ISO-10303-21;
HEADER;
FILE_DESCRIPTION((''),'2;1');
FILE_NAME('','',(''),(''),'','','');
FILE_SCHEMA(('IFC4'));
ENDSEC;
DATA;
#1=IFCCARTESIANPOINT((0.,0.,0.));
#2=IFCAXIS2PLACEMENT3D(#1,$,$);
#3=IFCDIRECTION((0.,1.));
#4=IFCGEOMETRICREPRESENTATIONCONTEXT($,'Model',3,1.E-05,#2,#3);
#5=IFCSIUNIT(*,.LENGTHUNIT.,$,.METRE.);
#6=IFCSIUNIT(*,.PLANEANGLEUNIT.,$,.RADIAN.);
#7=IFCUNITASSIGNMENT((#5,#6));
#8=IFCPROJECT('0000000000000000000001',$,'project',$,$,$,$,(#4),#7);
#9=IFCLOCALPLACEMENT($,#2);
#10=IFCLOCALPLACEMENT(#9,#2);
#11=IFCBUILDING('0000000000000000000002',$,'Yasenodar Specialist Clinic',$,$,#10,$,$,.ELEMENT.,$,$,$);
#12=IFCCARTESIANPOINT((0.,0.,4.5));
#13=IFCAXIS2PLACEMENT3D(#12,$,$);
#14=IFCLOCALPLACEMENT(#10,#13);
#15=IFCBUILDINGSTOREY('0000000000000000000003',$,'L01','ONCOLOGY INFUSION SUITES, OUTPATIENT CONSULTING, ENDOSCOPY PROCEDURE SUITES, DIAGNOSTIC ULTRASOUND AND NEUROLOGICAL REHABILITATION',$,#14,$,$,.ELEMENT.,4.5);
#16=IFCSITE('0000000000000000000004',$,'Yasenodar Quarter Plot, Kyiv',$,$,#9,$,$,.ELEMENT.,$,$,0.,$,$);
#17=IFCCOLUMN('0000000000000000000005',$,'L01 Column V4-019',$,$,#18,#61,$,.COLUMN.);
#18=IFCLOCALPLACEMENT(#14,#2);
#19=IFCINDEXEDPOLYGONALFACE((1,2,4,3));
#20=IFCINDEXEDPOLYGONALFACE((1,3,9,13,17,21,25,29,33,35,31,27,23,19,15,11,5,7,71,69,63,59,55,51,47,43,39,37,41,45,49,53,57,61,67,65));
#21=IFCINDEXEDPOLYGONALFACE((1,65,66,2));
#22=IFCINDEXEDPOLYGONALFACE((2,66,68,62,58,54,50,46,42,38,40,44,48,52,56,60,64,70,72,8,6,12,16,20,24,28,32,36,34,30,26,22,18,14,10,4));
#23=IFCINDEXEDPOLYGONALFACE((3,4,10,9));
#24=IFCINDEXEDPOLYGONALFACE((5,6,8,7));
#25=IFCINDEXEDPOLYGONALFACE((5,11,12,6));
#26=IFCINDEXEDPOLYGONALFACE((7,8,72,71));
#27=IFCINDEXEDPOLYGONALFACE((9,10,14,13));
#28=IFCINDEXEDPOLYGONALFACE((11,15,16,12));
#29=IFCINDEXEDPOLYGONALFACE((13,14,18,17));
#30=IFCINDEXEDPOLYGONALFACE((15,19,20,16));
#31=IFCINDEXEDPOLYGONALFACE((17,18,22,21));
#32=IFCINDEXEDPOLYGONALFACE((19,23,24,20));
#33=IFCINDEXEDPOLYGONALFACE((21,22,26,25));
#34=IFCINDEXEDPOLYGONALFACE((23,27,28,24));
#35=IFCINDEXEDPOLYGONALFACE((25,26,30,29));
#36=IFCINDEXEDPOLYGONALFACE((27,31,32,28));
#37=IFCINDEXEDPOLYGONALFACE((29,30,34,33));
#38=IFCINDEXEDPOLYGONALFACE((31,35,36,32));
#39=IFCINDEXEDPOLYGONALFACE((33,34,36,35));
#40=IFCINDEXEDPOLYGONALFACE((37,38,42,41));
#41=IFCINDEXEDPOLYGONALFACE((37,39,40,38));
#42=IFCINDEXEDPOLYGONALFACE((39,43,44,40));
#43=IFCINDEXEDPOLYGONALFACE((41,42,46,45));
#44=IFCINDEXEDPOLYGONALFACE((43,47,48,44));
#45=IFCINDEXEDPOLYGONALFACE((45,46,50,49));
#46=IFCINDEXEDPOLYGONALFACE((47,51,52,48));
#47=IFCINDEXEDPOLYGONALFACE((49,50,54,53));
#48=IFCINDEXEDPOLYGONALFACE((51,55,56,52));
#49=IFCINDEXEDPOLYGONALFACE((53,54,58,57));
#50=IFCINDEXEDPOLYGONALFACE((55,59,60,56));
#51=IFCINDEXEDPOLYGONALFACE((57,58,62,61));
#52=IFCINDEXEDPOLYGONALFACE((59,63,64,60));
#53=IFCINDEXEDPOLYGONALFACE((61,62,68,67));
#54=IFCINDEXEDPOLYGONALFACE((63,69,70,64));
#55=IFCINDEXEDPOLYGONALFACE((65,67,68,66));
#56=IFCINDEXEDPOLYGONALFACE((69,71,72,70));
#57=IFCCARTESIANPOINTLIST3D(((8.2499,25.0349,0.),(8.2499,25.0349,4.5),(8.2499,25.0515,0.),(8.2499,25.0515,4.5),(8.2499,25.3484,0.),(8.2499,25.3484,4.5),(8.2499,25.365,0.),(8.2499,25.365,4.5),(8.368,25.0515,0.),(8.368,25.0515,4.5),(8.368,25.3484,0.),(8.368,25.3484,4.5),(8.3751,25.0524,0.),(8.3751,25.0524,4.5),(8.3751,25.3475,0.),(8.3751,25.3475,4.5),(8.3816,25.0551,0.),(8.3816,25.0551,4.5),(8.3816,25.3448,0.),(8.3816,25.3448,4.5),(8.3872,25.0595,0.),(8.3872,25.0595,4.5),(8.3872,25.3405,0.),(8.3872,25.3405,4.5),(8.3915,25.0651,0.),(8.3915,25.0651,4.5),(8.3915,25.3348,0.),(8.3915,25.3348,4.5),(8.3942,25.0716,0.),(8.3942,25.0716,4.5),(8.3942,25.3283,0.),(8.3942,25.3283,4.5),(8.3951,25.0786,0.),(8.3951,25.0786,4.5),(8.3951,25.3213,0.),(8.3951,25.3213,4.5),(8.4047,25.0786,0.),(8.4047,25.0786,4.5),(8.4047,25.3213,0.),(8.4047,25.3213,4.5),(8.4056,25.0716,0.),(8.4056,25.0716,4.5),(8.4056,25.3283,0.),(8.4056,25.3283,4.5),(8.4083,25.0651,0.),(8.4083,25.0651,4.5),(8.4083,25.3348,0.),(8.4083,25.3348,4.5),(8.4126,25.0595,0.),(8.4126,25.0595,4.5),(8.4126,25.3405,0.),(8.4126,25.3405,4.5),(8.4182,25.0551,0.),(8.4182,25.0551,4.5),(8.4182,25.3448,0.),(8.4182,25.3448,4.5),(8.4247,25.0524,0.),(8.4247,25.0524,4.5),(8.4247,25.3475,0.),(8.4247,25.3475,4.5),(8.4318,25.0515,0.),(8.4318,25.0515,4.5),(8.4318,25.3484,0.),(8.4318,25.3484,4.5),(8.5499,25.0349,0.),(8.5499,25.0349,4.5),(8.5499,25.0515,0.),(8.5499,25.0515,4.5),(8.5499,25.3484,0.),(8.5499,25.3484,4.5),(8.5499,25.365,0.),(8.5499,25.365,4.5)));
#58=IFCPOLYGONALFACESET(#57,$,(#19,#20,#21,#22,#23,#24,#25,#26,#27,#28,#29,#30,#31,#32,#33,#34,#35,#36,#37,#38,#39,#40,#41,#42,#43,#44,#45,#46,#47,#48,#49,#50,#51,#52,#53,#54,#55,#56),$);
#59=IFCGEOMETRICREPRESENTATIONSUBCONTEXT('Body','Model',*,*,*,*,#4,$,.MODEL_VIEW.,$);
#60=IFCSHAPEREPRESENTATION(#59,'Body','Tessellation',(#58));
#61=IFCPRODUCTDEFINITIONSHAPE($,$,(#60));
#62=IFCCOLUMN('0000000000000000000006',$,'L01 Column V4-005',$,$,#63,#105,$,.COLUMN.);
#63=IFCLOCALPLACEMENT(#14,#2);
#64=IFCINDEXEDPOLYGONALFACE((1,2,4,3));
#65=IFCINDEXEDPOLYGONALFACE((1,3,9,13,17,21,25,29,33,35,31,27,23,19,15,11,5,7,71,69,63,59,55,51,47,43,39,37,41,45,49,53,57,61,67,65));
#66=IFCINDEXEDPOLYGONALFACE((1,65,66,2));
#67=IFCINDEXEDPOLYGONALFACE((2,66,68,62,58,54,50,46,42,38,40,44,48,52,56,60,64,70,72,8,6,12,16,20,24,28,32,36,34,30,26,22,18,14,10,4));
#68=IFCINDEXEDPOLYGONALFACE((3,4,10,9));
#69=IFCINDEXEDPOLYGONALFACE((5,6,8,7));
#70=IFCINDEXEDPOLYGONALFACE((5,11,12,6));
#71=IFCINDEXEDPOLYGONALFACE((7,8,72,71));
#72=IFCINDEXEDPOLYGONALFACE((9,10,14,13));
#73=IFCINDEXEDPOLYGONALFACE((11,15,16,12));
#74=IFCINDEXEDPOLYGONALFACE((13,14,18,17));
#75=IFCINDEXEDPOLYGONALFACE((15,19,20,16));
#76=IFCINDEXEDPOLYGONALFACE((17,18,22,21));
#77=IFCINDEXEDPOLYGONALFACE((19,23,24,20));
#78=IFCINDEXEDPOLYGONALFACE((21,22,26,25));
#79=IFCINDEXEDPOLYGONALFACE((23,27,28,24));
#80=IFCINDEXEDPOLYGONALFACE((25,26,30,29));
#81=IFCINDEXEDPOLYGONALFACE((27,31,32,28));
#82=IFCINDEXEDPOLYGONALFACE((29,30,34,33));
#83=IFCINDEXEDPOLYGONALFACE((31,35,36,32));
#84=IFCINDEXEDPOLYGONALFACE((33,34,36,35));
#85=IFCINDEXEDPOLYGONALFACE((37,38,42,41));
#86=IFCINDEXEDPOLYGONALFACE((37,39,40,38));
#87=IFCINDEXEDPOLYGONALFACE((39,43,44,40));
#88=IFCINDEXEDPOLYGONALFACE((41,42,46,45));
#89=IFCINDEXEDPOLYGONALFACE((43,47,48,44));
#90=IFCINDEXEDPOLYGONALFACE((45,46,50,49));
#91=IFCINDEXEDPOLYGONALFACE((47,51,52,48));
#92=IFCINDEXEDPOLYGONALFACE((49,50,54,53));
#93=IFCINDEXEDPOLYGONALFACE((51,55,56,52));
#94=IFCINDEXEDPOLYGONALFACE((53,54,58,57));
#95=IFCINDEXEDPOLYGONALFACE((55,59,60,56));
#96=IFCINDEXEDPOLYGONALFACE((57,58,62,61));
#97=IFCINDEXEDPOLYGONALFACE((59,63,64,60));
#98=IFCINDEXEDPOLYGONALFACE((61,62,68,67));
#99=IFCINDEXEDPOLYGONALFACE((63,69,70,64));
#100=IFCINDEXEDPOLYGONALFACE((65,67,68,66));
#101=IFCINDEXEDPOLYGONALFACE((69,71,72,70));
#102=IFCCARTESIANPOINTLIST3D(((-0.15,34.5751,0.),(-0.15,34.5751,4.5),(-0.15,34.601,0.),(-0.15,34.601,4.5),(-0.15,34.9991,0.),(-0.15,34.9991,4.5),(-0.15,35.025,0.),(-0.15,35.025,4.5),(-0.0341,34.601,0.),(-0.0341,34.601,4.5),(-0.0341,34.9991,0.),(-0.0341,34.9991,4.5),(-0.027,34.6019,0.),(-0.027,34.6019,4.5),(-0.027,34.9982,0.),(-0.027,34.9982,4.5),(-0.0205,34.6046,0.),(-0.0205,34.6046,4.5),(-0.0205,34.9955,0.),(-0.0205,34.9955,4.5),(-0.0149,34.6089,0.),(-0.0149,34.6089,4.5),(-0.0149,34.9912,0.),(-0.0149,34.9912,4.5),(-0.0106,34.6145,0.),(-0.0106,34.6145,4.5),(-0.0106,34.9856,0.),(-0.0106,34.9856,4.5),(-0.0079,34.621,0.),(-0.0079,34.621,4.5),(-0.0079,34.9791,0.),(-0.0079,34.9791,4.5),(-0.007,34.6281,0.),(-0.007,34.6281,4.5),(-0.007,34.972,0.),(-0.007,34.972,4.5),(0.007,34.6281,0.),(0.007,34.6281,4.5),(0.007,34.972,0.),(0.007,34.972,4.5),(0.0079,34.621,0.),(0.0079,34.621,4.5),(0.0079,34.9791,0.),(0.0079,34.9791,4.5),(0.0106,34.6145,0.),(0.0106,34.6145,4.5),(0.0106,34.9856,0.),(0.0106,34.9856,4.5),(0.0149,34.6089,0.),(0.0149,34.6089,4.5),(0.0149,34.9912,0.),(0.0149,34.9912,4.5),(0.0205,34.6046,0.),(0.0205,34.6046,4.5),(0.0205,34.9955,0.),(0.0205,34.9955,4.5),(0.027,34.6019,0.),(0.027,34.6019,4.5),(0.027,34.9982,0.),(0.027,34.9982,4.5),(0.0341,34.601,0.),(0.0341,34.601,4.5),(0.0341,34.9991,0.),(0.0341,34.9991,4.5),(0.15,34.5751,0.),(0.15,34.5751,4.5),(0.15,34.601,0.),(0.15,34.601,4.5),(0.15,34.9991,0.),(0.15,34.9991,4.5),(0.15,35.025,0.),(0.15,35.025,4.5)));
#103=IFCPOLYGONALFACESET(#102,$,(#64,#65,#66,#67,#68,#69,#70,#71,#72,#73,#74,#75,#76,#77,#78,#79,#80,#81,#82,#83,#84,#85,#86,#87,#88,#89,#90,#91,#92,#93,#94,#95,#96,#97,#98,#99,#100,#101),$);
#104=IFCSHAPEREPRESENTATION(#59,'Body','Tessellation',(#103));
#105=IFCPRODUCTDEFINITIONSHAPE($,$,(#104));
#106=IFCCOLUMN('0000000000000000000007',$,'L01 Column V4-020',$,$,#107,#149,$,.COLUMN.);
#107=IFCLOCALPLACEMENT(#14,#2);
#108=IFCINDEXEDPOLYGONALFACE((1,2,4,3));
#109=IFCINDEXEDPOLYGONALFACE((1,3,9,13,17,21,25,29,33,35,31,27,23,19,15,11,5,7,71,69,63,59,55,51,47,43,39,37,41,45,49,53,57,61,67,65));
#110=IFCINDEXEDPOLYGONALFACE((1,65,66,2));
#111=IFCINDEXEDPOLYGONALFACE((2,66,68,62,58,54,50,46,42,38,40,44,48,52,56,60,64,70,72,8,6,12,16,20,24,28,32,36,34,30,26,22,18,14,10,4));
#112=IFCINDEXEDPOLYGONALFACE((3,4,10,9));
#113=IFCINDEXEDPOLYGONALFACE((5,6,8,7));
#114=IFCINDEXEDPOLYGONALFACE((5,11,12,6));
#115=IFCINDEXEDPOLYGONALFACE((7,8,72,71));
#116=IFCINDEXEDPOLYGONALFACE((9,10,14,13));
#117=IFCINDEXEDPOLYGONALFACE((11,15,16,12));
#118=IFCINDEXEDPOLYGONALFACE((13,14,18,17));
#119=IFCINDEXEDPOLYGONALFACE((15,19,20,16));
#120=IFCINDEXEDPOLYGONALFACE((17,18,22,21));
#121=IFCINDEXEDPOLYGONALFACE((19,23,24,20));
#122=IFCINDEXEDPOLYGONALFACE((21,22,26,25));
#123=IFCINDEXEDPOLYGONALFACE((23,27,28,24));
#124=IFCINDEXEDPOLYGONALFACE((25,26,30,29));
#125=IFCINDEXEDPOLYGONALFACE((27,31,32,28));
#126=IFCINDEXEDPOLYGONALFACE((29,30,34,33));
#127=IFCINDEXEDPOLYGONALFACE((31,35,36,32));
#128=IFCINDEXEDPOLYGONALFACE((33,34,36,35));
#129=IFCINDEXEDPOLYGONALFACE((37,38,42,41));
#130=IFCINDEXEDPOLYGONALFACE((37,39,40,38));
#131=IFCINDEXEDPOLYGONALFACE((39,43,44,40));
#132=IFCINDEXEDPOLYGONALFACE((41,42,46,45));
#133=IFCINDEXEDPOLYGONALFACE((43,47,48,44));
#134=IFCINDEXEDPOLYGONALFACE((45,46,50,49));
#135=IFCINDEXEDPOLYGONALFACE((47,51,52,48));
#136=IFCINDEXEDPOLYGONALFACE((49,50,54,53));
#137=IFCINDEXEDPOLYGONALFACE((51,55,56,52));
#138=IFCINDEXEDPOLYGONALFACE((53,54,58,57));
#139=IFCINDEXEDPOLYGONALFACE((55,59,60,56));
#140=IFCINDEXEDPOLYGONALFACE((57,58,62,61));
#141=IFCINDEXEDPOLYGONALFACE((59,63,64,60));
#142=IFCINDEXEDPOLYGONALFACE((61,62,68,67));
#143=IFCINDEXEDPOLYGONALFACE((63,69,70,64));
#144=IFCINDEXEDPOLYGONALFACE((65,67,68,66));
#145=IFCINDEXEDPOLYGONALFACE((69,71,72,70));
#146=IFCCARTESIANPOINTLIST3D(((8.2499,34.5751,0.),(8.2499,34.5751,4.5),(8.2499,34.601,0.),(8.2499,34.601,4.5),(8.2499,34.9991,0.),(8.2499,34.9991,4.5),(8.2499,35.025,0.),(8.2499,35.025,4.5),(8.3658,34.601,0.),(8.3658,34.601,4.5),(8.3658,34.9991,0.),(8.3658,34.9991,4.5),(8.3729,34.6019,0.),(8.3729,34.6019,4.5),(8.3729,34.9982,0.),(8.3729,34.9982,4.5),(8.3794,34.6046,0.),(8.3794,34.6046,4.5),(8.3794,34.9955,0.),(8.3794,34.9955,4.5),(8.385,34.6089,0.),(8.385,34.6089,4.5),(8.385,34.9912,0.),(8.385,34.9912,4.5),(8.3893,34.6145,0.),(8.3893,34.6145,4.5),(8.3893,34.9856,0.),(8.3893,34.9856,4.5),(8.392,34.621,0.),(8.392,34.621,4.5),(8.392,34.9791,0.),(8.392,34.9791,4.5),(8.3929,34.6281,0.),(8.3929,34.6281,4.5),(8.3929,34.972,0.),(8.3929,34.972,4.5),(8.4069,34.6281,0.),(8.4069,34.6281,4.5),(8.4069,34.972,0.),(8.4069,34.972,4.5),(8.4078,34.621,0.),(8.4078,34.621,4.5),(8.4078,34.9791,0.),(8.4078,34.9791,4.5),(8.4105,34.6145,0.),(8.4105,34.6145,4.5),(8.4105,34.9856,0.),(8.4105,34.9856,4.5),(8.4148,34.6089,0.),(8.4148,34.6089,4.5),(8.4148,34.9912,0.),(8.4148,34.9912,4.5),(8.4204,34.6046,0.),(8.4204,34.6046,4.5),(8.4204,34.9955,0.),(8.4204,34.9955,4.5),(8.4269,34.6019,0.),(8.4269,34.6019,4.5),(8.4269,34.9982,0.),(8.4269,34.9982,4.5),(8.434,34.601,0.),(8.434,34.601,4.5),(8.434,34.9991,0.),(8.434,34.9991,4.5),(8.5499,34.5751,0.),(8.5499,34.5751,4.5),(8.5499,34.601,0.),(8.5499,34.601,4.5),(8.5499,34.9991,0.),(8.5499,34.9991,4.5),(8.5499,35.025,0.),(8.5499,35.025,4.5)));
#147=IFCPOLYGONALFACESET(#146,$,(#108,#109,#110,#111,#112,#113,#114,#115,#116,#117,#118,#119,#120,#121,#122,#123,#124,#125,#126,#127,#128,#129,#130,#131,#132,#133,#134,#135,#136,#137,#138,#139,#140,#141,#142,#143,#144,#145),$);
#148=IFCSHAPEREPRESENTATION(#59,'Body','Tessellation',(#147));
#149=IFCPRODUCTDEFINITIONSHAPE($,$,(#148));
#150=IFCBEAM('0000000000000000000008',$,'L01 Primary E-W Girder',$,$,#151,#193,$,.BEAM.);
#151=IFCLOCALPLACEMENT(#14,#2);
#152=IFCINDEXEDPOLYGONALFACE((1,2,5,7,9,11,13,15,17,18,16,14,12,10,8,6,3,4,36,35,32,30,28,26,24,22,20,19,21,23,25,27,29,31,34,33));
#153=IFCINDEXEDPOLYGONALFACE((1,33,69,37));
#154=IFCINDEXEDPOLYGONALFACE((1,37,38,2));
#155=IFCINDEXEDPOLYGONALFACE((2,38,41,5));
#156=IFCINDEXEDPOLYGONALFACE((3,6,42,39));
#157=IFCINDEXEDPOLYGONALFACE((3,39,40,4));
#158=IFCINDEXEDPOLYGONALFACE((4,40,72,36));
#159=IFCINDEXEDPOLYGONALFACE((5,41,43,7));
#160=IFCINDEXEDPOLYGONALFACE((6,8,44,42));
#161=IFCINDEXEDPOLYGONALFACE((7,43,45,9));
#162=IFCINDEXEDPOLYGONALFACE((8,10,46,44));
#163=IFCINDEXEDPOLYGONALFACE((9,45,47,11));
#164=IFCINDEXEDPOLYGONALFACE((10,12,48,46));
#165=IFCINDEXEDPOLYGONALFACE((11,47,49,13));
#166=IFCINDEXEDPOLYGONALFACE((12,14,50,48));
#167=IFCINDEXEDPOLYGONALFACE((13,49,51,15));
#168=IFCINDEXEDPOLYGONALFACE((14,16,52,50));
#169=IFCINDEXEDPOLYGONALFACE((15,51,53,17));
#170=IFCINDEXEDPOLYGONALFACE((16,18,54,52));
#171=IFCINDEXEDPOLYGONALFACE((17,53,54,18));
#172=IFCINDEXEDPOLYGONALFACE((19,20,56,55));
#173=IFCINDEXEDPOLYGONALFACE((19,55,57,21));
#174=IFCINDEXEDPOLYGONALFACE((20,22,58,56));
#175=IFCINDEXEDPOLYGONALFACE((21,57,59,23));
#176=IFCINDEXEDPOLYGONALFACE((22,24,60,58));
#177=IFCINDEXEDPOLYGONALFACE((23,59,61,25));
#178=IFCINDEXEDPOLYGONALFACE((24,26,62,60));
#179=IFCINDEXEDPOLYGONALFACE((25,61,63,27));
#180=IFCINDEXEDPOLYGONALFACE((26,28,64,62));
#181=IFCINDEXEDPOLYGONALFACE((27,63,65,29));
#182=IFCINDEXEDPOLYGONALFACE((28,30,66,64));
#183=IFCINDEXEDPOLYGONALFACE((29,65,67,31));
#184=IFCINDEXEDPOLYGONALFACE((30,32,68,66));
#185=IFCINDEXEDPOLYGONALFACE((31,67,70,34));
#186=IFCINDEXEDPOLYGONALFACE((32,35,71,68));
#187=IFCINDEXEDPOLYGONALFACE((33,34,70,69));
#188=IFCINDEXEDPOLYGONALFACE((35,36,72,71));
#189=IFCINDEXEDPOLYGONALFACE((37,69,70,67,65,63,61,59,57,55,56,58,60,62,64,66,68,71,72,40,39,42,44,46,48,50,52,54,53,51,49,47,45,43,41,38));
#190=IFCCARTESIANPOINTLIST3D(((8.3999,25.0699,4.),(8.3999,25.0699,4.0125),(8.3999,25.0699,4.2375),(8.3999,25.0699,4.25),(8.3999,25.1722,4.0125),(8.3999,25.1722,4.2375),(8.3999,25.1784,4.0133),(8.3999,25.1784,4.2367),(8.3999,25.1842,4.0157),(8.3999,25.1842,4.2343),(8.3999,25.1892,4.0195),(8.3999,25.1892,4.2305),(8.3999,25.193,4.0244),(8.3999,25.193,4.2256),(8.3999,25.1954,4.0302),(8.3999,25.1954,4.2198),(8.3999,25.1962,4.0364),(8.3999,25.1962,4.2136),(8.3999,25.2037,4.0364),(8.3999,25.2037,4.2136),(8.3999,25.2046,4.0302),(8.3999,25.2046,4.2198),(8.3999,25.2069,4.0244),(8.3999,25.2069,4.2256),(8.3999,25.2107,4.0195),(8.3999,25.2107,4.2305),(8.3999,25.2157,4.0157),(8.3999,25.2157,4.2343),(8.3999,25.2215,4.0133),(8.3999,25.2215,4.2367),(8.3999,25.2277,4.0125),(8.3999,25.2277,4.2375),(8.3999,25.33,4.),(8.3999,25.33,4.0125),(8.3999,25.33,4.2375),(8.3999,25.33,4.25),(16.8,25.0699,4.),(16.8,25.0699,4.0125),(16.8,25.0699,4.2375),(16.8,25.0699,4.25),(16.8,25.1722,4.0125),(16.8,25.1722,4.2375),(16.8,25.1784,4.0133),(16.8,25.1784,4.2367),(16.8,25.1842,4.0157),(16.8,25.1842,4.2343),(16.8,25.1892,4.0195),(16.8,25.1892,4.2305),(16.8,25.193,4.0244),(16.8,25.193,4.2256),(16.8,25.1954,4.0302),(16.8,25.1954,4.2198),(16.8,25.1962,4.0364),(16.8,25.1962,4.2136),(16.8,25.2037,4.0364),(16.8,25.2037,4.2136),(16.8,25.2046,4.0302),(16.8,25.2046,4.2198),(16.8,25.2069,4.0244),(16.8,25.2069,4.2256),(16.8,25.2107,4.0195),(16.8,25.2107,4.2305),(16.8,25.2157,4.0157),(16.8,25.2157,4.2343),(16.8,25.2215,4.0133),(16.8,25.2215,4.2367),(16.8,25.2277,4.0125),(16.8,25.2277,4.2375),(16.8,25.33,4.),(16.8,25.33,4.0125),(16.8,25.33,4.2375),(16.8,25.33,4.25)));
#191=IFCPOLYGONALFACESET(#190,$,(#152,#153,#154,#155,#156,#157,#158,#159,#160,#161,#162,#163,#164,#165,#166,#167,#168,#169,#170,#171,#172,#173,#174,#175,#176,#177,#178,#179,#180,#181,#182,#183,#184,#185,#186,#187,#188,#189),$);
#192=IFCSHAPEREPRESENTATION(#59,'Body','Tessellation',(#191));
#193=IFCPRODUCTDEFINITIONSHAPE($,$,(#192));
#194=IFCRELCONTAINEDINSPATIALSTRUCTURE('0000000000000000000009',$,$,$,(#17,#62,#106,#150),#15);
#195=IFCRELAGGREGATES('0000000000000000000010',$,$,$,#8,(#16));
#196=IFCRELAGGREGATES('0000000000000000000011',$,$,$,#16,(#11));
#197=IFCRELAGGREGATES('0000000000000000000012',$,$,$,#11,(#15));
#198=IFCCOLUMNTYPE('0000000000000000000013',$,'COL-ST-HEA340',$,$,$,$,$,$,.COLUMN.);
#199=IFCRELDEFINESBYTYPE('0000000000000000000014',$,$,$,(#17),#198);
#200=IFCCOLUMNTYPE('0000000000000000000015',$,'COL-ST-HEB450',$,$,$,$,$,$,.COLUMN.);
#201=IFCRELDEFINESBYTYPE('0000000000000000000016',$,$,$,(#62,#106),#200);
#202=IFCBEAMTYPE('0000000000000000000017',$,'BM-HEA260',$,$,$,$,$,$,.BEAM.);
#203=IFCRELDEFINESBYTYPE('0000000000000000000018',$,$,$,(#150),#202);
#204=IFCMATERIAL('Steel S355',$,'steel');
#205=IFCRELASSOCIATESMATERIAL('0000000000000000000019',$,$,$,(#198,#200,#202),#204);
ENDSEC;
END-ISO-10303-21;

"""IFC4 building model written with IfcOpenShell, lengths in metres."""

from ifc_helpers import new_model, si_unit, direction, frame, origin, origin_2d, place, context, subcontext, project, spatial, i_section, extrude, material, material_profile, profile_set, type_object, element, save


model = new_model("IFC4")

# Units and contexts
model_context = context("Model", 3, precision=1e-05, world=origin(), true_north=direction((0.0, 1.0)))
body_context = subcontext(model_context, "Body", "Model", "MODEL_VIEW")
ifc_project = project(units=[si_unit("LENGTHUNIT", "METRE"), si_unit("PLANEANGLEUNIT", "RADIAN")], contexts=[model_context])

# Site, building, storey
site_placement = place(None, origin())
site = spatial("IfcSite", under=ifc_project, at=site_placement, Name="Yasenodar Quarter Plot, Kyiv", CompositionType="ELEMENT", RefElevation=0.0)
building_placement = place(site_placement, origin())
building = spatial("IfcBuilding", under=site, at=building_placement, Name="Yasenodar Specialist Clinic", CompositionType="ELEMENT")
storey_placement = place(building_placement, frame((0.0, 0.0, 4.5)))
storey = spatial("IfcBuildingStorey", under=building, at=storey_placement, Name="L01", Description="ONCOLOGY INFUSION SUITES, OUTPATIENT CONSULTING, ENDOSCOPY PROCEDURE SUITES, DIAGNOSTIC ULTRASOUND AND NEUROLOGICAL REHABILITATION", CompositionType="ELEMENT", Elevation=4.5)

# Columns
ifc_material_1 = material(Name="Steel S355", Category="steel")
ifc_material_profile_1 = material_profile(ifc_material_1, i_section(OverallWidth=0.3, OverallDepth=0.3301, WebThickness=0.0095, FlangeThickness=0.0166, FilletRadius=0.0271, at=origin_2d()), Name="HEA 340")
ifc_profile_set_1 = profile_set([ifc_material_profile_1], Name="Steel S355")
column_type_1 = type_object("IfcColumnType", Name="COL-ST-HEA340", PredefinedType="COLUMN", material=ifc_profile_set_1)
column_placement = place(storey_placement, frame((8.3999, 25.2, 0.0), z_axis=(0.0, 0.0, 1.0), x_axis=(1.0, 0.0, 0.0)))
element("IfcColumn", 1, at=column_placement, inside=storey, type_object=column_type_1, Name="L01 Column V4-019", PredefinedType="COLUMN", context=body_context, shape_type="SweptSolid", body=[
    extrude(i_section(OverallWidth=0.3, OverallDepth=0.3301, WebThickness=0.0095, FlangeThickness=0.0166, FilletRadius=0.0271, at=origin_2d()), origin(), (0.0, 0.0, 1.0), 4.5),
])
ifc_material_profile_2 = material_profile(ifc_material_1, i_section(OverallWidth=0.3, OverallDepth=0.45, WebThickness=0.0139, FlangeThickness=0.0259, FilletRadius=0.0271, at=origin_2d()), Name="HEB 450")
ifc_profile_set_2 = profile_set([ifc_material_profile_2], Name="Steel S355")
column_type_2 = type_object("IfcColumnType", Name="COL-ST-HEB450", PredefinedType="COLUMN", material=ifc_profile_set_2)
for number, where, z_axis, x_axis, name in (
    (2, (0.0, 34.8, 0.0), (0.0, 0.0, 1.0), (1.0, 0.0, 0.0), "L01 Column V4-005"),
    (3, (8.3999, 34.8, 0.0), (0.0, 0.0, 1.0), (1.0, 0.0, 0.0), "L01 Column V4-020"),
):
    element("IfcColumn", number, at=place(storey_placement, frame(where, z_axis=z_axis, x_axis=x_axis)), inside=storey, type_object=column_type_2, Name=name, PredefinedType="COLUMN", context=body_context, shape_type="SweptSolid", body=[
        extrude(i_section(OverallWidth=0.3, OverallDepth=0.45, WebThickness=0.0139, FlangeThickness=0.0259, FilletRadius=0.0271, at=origin_2d()), origin(), (0.0, 0.0, 1.0), 4.5),
    ])

# Beam
ifc_material_profile_3 = material_profile(ifc_material_1, i_section(OverallWidth=0.26, OverallDepth=0.25, WebThickness=0.0076, FlangeThickness=0.0125, FilletRadius=0.0239, at=origin_2d()), Name="HEA 260")
ifc_profile_set_3 = profile_set([ifc_material_profile_3], Name="Steel S355")
beam_type_1 = type_object("IfcBeamType", Name="BM-HEA260", PredefinedType="BEAM", material=ifc_profile_set_3)
for number, where, z_axis, x_axis, name in (
    (4, (8.3999, 25.2, 4.125), (1.0, 0.0, 0.0), (0.0, 1.0, 0.0), "L01 Primary E-W Girder"),
):
    element("IfcBeam", number, at=place(storey_placement, frame(where, z_axis=z_axis, x_axis=x_axis)), inside=storey, type_object=beam_type_1, Name=name, PredefinedType="BEAM", context=body_context, shape_type="SweptSolid", body=[
        extrude(i_section(OverallWidth=0.26, OverallDepth=0.25, WebThickness=0.0076, FlangeThickness=0.0125, FilletRadius=0.0239, at=origin_2d()), origin(), (0.0, 0.0, 1.0), 8.4001),
    ])

save(model, "model.ifc")
